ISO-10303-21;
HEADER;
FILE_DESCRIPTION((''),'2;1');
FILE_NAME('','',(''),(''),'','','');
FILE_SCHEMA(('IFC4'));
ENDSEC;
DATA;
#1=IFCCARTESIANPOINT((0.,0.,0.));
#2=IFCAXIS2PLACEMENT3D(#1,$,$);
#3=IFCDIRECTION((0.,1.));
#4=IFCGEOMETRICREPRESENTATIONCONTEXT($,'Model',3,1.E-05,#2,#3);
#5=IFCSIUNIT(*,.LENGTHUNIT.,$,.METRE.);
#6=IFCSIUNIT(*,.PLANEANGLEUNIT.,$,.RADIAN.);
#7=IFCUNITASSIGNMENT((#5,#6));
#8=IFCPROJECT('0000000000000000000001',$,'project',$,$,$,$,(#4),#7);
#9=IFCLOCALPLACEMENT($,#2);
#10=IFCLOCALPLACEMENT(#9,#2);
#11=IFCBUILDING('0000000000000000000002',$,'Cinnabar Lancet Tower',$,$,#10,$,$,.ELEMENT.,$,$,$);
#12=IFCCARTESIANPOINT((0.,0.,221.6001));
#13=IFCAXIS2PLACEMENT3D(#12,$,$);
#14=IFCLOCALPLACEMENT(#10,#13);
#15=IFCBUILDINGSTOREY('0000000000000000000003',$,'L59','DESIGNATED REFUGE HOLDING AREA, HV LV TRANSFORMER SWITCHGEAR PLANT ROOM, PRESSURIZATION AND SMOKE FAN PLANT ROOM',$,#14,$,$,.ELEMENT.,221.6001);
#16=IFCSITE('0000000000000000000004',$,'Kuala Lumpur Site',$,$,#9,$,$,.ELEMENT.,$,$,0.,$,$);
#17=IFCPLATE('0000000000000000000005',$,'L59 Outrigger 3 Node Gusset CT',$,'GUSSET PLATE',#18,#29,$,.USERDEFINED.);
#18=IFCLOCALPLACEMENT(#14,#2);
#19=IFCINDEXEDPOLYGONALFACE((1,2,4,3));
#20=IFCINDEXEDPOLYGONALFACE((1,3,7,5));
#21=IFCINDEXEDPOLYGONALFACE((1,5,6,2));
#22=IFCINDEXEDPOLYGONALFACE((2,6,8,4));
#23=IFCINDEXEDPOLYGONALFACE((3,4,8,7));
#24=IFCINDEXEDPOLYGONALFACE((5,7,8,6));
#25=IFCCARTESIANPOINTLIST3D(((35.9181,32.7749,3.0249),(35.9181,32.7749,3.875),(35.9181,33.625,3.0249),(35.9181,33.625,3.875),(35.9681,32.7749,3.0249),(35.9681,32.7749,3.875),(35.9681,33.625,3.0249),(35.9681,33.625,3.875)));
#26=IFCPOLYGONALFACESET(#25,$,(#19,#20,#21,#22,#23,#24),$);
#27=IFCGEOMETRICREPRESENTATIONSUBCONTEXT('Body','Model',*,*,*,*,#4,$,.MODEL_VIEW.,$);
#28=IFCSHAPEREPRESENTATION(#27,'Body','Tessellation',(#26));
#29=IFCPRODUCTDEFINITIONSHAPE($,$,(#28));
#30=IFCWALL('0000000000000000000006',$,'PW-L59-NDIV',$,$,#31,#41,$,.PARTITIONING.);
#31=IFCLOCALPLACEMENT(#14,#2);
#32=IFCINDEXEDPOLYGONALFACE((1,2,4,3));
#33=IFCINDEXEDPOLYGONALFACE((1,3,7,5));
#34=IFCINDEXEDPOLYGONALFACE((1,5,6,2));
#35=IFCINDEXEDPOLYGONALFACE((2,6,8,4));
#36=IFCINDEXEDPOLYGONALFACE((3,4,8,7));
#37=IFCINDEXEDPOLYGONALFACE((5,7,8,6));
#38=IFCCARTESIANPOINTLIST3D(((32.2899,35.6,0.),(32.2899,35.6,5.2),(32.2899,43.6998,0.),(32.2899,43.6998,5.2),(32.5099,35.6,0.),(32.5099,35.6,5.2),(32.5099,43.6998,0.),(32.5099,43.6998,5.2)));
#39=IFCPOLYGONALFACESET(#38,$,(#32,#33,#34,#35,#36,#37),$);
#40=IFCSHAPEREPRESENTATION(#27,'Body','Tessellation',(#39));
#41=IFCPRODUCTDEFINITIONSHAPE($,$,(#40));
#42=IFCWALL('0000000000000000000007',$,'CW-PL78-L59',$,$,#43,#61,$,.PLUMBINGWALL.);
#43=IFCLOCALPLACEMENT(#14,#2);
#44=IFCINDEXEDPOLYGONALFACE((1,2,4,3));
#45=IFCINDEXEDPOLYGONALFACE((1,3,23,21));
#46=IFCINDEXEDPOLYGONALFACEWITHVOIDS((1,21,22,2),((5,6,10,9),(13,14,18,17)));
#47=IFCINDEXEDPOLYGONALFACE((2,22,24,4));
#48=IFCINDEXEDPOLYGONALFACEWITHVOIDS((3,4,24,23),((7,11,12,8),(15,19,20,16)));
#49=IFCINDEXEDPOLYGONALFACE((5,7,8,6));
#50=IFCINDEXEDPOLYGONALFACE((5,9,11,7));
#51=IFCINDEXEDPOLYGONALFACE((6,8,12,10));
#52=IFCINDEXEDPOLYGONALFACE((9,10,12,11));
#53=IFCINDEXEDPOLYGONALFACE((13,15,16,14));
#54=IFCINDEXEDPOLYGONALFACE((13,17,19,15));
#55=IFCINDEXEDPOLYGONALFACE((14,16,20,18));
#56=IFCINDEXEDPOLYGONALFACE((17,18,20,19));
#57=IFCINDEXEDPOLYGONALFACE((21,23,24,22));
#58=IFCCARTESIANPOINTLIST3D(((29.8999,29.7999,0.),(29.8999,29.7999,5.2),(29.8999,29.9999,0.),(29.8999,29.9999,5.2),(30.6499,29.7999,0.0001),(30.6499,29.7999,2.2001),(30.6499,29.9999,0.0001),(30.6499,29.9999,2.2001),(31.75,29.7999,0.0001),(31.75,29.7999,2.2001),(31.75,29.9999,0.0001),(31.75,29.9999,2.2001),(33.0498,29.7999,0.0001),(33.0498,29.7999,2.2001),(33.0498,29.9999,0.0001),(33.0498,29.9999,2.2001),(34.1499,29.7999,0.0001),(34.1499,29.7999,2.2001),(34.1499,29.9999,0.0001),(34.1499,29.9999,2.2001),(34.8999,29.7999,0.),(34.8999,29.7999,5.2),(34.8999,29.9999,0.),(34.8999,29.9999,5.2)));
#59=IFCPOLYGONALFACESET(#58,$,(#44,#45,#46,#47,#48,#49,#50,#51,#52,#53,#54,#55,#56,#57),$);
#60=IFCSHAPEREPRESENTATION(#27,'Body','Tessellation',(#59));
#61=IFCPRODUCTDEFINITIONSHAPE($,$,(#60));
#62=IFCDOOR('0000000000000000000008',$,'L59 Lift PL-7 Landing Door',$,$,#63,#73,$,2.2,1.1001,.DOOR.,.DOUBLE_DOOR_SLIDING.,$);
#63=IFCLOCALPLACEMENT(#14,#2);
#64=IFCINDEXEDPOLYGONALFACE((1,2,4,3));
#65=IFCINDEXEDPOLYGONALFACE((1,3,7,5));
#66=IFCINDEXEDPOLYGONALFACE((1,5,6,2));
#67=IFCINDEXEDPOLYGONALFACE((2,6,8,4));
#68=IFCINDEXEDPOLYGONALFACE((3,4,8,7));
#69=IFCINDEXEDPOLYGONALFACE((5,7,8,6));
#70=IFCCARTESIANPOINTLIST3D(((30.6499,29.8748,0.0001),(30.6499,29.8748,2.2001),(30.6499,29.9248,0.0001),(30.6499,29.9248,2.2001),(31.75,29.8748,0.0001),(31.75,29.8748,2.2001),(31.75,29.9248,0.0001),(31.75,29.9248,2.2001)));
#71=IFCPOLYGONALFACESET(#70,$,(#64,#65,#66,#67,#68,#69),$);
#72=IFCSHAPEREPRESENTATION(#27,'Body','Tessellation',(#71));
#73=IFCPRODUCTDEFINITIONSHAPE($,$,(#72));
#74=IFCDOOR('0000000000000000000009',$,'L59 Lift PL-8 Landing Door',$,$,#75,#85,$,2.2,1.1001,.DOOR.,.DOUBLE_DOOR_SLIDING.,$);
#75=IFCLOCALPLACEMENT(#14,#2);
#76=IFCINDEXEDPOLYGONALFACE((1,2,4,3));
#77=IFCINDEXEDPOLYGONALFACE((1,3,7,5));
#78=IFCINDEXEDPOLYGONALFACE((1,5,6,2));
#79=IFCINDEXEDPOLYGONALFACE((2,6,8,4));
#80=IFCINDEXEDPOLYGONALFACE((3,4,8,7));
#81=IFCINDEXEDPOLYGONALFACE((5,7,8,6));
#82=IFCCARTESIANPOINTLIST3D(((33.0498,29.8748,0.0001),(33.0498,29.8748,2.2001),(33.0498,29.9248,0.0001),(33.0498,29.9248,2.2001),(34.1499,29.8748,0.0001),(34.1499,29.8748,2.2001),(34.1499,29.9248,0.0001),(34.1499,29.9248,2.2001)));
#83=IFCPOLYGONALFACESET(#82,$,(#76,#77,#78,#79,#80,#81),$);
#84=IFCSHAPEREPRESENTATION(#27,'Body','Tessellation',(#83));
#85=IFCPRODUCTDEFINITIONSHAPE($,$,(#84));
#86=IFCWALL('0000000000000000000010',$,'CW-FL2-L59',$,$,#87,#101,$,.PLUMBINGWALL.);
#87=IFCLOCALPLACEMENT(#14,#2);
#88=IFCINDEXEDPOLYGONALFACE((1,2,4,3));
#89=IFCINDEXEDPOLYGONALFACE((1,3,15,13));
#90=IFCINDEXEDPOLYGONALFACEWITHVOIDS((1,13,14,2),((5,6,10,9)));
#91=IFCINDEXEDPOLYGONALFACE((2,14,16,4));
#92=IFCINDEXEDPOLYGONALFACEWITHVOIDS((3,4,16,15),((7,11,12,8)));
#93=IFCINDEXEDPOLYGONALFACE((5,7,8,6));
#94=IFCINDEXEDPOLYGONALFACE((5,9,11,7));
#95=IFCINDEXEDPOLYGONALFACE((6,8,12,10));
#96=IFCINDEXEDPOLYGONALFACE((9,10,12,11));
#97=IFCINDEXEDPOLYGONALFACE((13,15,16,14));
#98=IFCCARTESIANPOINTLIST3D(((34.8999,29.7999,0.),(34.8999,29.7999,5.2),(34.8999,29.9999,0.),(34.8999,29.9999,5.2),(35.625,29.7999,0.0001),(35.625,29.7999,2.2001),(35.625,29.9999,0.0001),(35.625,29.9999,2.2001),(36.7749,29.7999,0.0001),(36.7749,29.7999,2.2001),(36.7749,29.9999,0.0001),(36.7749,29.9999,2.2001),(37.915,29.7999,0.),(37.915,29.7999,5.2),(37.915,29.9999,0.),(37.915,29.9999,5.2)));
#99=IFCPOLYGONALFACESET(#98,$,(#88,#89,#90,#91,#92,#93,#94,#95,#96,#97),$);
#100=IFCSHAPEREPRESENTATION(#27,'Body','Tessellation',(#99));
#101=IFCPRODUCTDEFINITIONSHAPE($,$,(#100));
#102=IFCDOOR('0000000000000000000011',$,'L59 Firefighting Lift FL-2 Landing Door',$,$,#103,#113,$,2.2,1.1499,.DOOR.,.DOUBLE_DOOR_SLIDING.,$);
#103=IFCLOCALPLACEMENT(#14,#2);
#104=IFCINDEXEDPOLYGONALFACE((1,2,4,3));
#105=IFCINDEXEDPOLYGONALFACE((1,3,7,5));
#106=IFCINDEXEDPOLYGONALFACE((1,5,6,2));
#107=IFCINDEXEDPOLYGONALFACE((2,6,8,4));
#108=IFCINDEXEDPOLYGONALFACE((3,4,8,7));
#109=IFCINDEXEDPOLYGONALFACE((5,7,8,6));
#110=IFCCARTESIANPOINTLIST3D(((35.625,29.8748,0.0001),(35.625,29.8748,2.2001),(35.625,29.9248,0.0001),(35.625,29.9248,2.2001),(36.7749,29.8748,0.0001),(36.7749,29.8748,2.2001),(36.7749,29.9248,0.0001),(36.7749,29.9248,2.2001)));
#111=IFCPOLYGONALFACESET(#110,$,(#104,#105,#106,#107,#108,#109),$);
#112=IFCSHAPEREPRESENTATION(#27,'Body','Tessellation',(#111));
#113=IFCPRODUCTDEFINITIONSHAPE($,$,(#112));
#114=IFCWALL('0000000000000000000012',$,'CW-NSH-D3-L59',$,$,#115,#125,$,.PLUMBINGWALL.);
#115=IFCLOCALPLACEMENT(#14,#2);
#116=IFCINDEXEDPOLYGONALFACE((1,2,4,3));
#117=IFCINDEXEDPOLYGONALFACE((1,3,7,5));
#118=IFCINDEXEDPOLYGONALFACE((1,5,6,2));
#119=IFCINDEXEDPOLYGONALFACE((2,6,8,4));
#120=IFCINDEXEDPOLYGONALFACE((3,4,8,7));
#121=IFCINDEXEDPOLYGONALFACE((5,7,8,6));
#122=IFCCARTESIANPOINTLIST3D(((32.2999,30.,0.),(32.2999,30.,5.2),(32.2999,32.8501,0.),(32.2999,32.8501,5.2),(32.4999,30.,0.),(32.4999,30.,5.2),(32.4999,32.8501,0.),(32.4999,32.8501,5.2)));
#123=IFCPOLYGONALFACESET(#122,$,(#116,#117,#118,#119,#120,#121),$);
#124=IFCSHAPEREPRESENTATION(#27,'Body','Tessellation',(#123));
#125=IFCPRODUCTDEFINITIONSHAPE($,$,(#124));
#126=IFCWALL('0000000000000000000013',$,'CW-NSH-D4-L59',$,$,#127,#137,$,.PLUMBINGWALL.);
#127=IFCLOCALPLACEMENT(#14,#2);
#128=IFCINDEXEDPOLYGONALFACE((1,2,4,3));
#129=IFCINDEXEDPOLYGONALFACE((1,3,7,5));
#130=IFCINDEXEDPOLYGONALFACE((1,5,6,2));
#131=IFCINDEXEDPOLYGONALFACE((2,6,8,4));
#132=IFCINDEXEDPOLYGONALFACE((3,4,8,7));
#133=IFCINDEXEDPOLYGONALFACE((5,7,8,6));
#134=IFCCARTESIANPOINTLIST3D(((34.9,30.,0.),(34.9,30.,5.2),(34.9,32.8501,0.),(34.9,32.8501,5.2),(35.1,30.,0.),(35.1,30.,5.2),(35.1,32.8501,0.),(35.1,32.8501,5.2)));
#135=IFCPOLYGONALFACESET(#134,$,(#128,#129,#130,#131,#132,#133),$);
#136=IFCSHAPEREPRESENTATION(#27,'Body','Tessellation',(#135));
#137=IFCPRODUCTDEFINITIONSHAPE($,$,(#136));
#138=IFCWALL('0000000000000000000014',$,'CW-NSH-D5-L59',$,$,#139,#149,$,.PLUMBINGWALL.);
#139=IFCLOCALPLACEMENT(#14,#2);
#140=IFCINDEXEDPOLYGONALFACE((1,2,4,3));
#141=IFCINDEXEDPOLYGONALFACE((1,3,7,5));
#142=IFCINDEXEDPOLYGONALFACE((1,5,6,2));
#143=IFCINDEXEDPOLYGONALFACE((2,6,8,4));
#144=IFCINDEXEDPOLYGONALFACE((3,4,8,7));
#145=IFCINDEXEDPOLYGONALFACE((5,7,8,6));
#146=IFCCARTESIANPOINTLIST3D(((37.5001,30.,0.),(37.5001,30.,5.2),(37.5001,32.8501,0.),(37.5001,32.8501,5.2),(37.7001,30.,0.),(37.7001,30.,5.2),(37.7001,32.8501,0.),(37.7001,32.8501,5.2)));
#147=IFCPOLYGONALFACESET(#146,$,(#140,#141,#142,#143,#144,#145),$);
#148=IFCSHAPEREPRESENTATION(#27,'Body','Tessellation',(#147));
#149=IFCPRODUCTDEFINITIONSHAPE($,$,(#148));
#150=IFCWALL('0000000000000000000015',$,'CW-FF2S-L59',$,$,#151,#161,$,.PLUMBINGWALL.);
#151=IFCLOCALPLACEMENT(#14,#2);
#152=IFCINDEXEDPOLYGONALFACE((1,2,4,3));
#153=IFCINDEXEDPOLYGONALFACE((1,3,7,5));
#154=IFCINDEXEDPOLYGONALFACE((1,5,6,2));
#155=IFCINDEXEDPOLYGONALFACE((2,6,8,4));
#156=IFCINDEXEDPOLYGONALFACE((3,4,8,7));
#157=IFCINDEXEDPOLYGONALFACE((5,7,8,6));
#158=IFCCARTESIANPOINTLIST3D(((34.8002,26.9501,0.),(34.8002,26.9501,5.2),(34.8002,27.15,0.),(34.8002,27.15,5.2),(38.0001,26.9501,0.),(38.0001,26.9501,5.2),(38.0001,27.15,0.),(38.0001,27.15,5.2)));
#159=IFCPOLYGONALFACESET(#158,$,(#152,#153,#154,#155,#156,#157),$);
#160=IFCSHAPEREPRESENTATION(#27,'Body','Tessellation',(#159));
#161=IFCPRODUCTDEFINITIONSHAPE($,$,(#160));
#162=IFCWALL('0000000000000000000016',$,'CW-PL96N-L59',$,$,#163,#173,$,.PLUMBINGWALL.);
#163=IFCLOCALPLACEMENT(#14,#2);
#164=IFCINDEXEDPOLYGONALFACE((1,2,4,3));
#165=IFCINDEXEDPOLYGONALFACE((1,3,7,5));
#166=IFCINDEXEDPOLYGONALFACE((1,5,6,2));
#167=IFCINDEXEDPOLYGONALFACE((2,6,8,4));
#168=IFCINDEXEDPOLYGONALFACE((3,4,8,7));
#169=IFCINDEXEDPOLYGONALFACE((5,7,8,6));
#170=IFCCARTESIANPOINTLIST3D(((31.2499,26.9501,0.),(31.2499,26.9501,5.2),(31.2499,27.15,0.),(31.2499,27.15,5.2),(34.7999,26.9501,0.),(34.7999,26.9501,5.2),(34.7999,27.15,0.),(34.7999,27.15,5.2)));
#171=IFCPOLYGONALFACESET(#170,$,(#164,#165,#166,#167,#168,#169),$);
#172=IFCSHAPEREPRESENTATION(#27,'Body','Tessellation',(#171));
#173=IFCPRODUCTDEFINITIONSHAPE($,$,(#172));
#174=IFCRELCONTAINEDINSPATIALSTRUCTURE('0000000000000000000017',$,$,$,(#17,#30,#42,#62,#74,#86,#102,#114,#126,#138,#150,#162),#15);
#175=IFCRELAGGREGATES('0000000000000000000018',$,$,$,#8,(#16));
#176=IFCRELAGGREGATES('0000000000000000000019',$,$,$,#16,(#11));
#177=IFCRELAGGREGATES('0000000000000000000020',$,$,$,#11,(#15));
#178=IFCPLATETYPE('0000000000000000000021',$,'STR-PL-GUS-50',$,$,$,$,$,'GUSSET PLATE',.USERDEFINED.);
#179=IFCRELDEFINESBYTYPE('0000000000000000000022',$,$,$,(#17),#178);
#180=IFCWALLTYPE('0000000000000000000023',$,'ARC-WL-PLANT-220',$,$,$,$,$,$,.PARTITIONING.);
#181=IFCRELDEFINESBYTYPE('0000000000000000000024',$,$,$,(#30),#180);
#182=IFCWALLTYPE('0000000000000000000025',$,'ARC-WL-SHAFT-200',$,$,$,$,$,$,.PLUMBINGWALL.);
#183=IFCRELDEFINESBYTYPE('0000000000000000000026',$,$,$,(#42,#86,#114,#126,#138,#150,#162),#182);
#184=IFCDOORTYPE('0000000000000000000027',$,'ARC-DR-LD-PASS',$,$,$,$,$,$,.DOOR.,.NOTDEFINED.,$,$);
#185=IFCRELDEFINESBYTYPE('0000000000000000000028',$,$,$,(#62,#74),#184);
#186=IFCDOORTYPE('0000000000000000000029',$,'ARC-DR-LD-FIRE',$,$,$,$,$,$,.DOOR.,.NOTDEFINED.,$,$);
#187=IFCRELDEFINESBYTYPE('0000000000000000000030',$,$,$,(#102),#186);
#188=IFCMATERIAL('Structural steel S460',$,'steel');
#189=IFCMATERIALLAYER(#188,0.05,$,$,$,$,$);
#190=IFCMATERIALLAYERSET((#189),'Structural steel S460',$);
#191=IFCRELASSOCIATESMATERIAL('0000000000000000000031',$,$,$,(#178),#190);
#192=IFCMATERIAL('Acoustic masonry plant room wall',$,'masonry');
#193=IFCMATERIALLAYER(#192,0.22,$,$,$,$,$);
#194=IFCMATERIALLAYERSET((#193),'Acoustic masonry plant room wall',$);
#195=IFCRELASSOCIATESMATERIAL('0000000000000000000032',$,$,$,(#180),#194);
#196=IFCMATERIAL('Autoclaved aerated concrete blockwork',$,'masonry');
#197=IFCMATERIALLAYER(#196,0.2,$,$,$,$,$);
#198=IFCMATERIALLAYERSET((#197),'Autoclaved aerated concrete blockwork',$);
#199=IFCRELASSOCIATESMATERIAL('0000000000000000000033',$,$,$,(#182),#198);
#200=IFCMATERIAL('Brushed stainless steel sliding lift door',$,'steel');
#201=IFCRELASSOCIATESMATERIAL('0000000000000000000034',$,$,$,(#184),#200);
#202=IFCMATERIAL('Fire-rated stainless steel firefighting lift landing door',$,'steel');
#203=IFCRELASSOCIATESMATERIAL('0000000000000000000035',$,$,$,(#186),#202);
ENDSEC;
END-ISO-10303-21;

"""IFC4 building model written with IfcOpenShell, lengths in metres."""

from ifc_helpers import new_model, si_unit, direction, frame, frame_2d, origin, origin_2d, place, context, subcontext, project, spatial, rectangle, extrude, material, layer, layer_set, type_object, element, fill, save


model = new_model("IFC4")

# Units and contexts
model_context = context("Model", 3, precision=1e-05, world=origin(), true_north=direction((0.0, 1.0)))
body_context = subcontext(model_context, "Body", "Model", "MODEL_VIEW")
ifc_project = project(units=[si_unit("LENGTHUNIT", "METRE"), si_unit("PLANEANGLEUNIT", "RADIAN")], contexts=[model_context])

# Site, building, storey
site_placement = place(None, origin())
site = spatial("IfcSite", under=ifc_project, at=site_placement, Name="Kuala Lumpur Site", CompositionType="ELEMENT", RefElevation=0.0)
building_placement = place(site_placement, origin())
building = spatial("IfcBuilding", under=site, at=building_placement, Name="Cinnabar Lancet Tower", CompositionType="ELEMENT")
storey_placement = place(building_placement, frame((0.0, 0.0, 221.6001)))
storey = spatial("IfcBuildingStorey", under=building, at=storey_placement, Name="L59", Description="DESIGNATED REFUGE HOLDING AREA, HV LV TRANSFORMER SWITCHGEAR PLANT ROOM, PRESSURIZATION AND SMOKE FAN PLANT ROOM", CompositionType="ELEMENT", Elevation=221.6001)

# Plate
ifc_material_1 = material(Name="Structural steel S460", Category="steel")
ifc_layer_1 = layer(ifc_material_1, 0.05)
ifc_layer_set_1 = layer_set([ifc_layer_1], Name="Structural steel S460")
plate_type_1 = type_object("IfcPlateType", Name="STR-PL-GUS-50", ElementType="GUSSET PLATE", PredefinedType="USERDEFINED", material=ifc_layer_set_1)
for number, where, z_axis, x_axis, name in (
    (1, (35.9431, 33.2, 3.0249), (0.0, 0.0, 1.0), (1.0, 0.0, 0.0), "L59 Outrigger 3 Node Gusset CT"),
):
    element("IfcPlate", number, at=place(storey_placement, frame(where, z_axis=z_axis, x_axis=x_axis)), inside=storey, type_object=plate_type_1, Name=name, ObjectType="GUSSET PLATE", PredefinedType="USERDEFINED", context=body_context, shape_type="SweptSolid", body=[
        extrude(rectangle(XDim=0.05, YDim=0.8501, at=origin_2d()), origin(), (0.0, 0.0, 1.0), 0.8501),
    ])

# Wall
ifc_material_2 = material(Name="Acoustic masonry plant room wall", Category="masonry")
ifc_layer_2 = layer(ifc_material_2, 0.22)
ifc_layer_set_2 = layer_set([ifc_layer_2], Name="Acoustic masonry plant room wall")
wall_type_1 = type_object("IfcWallType", Name="ARC-WL-PLANT-220", PredefinedType="PARTITIONING", material=ifc_layer_set_2)
wall_1_placement = place(storey_placement, frame((32.3999, 35.6001, 0.0), z_axis=(0.0, 0.0, 1.0), x_axis=(0.0, 1.0, 0.0)))
element("IfcWall", 2, at=wall_1_placement, inside=storey, type_object=wall_type_1, Name="PW-L59-NDIV", PredefinedType="PARTITIONING", context=body_context, shape_type="SweptSolid", body=[
    extrude(rectangle(XDim=8.0999, YDim=0.22, at=frame_2d((4.0498, 0.0))), origin(), (0.0, 0.0, 1.0), 5.2),
])

# Wall, openings, doors
ifc_material_3 = material(Name="Autoclaved aerated concrete blockwork", Category="masonry")
ifc_layer_3 = layer(ifc_material_3, 0.2)
ifc_layer_set_3 = layer_set([ifc_layer_3], Name="Autoclaved aerated concrete blockwork")
wall_type_2 = type_object("IfcWallType", Name="ARC-WL-SHAFT-200", PredefinedType="PLUMBINGWALL", material=ifc_layer_set_3)
wall_2_placement = place(storey_placement, frame((29.8999, 29.8999, 0.0), z_axis=(0.0, 0.0, 1.0), x_axis=(1.0, 0.0, 0.0)))
wall_2 = element("IfcWall", 3, at=wall_2_placement, inside=storey, type_object=wall_type_2, Name="CW-PL78-L59", PredefinedType="PLUMBINGWALL", context=body_context, shape_type="SweptSolid", body=[
    extrude(rectangle(XDim=5.0, YDim=0.2, at=frame_2d((2.5, 0.0))), origin(), (0.0, 0.0, 1.0), 5.2),
])
opening_1_placement = place(wall_2_placement, frame((0.75, 0.0, 0.0)))
opening_1 = element("IfcOpeningElement", 4, at=opening_1_placement, cuts=wall_2, PredefinedType="OPENING", context=body_context, shape_type="SweptSolid", body=[
    extrude(rectangle(XDim=1.1001, YDim=2.2, at=frame_2d((0.55, 1.1001))), frame((0.0, 0.1099, 0.0), z_axis=(0.0, -1.0, 0.0), x_axis=(1.0, 0.0, 0.0)), (0.0, 0.0, 1.0), 0.22),
])
opening_2_placement = place(wall_2_placement, frame((3.1499, 0.0, 0.0)))
opening_2 = element("IfcOpeningElement", 5, at=opening_2_placement, cuts=wall_2, PredefinedType="OPENING", context=body_context, shape_type="SweptSolid", body=[
    extrude(rectangle(XDim=1.1001, YDim=2.2, at=frame_2d((0.55, 1.1001))), frame((0.0, 0.1099, 0.0), z_axis=(0.0, -1.0, 0.0), x_axis=(1.0, 0.0, 0.0)), (0.0, 0.0, 1.0), 0.22),
])
ifc_material_4 = material(Name="Brushed stainless steel sliding lift door", Category="steel")
door_type_1 = type_object("IfcDoorType", Name="ARC-DR-LD-PASS", OperationType="NOTDEFINED", PredefinedType="DOOR", material=ifc_material_4)
door_1_placement = place(opening_1_placement, origin())
door_1 = element("IfcDoor", 6, at=door_1_placement, inside=storey, type_object=door_type_1, Name="L59 Lift PL-7 Landing Door", OperationType="DOUBLE_DOOR_SLIDING", OverallHeight=2.2, OverallWidth=1.1001, PredefinedType="DOOR", context=body_context, shape_type="SweptSolid", body=[
    extrude(rectangle(XDim=1.1001, YDim=2.2, at=frame_2d((0.55, 1.1001))), frame((0.0, 0.0249, 0.0), z_axis=(0.0, -1.0, 0.0), x_axis=(1.0, 0.0, 0.0)), (0.0, 0.0, 1.0), 0.05),
])
fill(opening_1, door_1)
door_2_placement = place(opening_2_placement, origin())
door_2 = element("IfcDoor", 7, at=door_2_placement, inside=storey, type_object=door_type_1, Name="L59 Lift PL-8 Landing Door", OperationType="DOUBLE_DOOR_SLIDING", OverallHeight=2.2, OverallWidth=1.1001, PredefinedType="DOOR", context=body_context, shape_type="SweptSolid", body=[
    extrude(rectangle(XDim=1.1001, YDim=2.2, at=frame_2d((0.55, 1.1001))), frame((0.0, 0.0249, 0.0), z_axis=(0.0, -1.0, 0.0), x_axis=(1.0, 0.0, 0.0)), (0.0, 0.0, 1.0), 0.05),
])
fill(opening_2, door_2)

# Wall, opening, door
wall_3_placement = place(storey_placement, frame((34.8999, 29.8999, 0.0), z_axis=(0.0, 0.0, 1.0), x_axis=(1.0, 0.0, 0.0)))
wall_3 = element("IfcWall", 8, at=wall_3_placement, inside=storey, type_object=wall_type_2, Name="CW-FL2-L59", PredefinedType="PLUMBINGWALL", context=body_context, shape_type="SweptSolid", body=[
    extrude(rectangle(XDim=3.0151, YDim=0.2, at=frame_2d((1.5076, 0.0))), origin(), (0.0, 0.0, 1.0), 5.2),
])
opening_3_placement = place(wall_3_placement, frame((0.7251, 0.0, 0.0)))
opening_3 = element("IfcOpeningElement", 9, at=opening_3_placement, cuts=wall_3, PredefinedType="OPENING", context=body_context, shape_type="SweptSolid", body=[
    extrude(rectangle(XDim=1.1499, YDim=2.2, at=frame_2d((0.575, 1.1001))), frame((0.0, 0.1099, 0.0), z_axis=(0.0, -1.0, 0.0), x_axis=(1.0, 0.0, 0.0)), (0.0, 0.0, 1.0), 0.22),
])
ifc_material_5 = material(Name="Fire-rated stainless steel firefighting lift landing door", Category="steel")
door_type_2 = type_object("IfcDoorType", Name="ARC-DR-LD-FIRE", OperationType="NOTDEFINED", PredefinedType="DOOR", material=ifc_material_5)
door_3_placement = place(opening_3_placement, origin())
door_3 = element("IfcDoor", 10, at=door_3_placement, inside=storey, type_object=door_type_2, Name="L59 Firefighting Lift FL-2 Landing Door", OperationType="DOUBLE_DOOR_SLIDING", OverallHeight=2.2, OverallWidth=1.1499, PredefinedType="DOOR", context=body_context, shape_type="SweptSolid", body=[
    extrude(rectangle(XDim=1.1499, YDim=2.2, at=frame_2d((0.575, 1.1001))), frame((0.0, 0.0249, 0.0), z_axis=(0.0, -1.0, 0.0), x_axis=(1.0, 0.0, 0.0)), (0.0, 0.0, 1.0), 0.05),
])
fill(opening_3, door_3)

# Walls
for number, where, z_axis, x_axis, name in (
    (11, (32.3999, 30.0, 0.0), (0.0, 0.0, 1.0), (0.0, 1.0, 0.0), "CW-NSH-D3-L59"),
    (12, (35.0, 30.0, 0.0), (0.0, 0.0, 1.0), (0.0, 1.0, 0.0), "CW-NSH-D4-L59"),
    (13, (37.6001, 30.0, 0.0), (0.0, 0.0, 1.0), (0.0, 1.0, 0.0), "CW-NSH-D5-L59"),
):
    element("IfcWall", number, at=place(storey_placement, frame(where, z_axis=z_axis, x_axis=x_axis)), inside=storey, type_object=wall_type_2, Name=name, PredefinedType="PLUMBINGWALL", context=body_context, shape_type="SweptSolid", body=[
        extrude(rectangle(XDim=2.8501, YDim=0.2, at=frame_2d((1.425, 0.0))), origin(), (0.0, 0.0, 1.0), 5.2),
    ])

# Walls
wall_4_placement = place(storey_placement, frame((34.8, 27.05, 0.0), z_axis=(0.0, 0.0, 1.0), x_axis=(1.0, 0.0, 0.0)))
element("IfcWall", 14, at=wall_4_placement, inside=storey, type_object=wall_type_2, Name="CW-FF2S-L59", PredefinedType="PLUMBINGWALL", context=body_context, shape_type="SweptSolid", body=[
    extrude(rectangle(XDim=3.2, YDim=0.2, at=frame_2d((1.6001, 0.0))), origin(), (0.0, 0.0, 1.0), 5.2),
])
wall_5_placement = place(storey_placement, frame((31.25, 27.05, 0.0), z_axis=(0.0, 0.0, 1.0), x_axis=(1.0, 0.0, 0.0)))
element("IfcWall", 15, at=wall_5_placement, inside=storey, type_object=wall_type_2, Name="CW-PL96N-L59", PredefinedType="PLUMBINGWALL", context=body_context, shape_type="SweptSolid", body=[
    extrude(rectangle(XDim=3.55, YDim=0.2, at=frame_2d((1.7749, 0.0))), origin(), (0.0, 0.0, 1.0), 5.2),
])

save(model, "model.ifc")
